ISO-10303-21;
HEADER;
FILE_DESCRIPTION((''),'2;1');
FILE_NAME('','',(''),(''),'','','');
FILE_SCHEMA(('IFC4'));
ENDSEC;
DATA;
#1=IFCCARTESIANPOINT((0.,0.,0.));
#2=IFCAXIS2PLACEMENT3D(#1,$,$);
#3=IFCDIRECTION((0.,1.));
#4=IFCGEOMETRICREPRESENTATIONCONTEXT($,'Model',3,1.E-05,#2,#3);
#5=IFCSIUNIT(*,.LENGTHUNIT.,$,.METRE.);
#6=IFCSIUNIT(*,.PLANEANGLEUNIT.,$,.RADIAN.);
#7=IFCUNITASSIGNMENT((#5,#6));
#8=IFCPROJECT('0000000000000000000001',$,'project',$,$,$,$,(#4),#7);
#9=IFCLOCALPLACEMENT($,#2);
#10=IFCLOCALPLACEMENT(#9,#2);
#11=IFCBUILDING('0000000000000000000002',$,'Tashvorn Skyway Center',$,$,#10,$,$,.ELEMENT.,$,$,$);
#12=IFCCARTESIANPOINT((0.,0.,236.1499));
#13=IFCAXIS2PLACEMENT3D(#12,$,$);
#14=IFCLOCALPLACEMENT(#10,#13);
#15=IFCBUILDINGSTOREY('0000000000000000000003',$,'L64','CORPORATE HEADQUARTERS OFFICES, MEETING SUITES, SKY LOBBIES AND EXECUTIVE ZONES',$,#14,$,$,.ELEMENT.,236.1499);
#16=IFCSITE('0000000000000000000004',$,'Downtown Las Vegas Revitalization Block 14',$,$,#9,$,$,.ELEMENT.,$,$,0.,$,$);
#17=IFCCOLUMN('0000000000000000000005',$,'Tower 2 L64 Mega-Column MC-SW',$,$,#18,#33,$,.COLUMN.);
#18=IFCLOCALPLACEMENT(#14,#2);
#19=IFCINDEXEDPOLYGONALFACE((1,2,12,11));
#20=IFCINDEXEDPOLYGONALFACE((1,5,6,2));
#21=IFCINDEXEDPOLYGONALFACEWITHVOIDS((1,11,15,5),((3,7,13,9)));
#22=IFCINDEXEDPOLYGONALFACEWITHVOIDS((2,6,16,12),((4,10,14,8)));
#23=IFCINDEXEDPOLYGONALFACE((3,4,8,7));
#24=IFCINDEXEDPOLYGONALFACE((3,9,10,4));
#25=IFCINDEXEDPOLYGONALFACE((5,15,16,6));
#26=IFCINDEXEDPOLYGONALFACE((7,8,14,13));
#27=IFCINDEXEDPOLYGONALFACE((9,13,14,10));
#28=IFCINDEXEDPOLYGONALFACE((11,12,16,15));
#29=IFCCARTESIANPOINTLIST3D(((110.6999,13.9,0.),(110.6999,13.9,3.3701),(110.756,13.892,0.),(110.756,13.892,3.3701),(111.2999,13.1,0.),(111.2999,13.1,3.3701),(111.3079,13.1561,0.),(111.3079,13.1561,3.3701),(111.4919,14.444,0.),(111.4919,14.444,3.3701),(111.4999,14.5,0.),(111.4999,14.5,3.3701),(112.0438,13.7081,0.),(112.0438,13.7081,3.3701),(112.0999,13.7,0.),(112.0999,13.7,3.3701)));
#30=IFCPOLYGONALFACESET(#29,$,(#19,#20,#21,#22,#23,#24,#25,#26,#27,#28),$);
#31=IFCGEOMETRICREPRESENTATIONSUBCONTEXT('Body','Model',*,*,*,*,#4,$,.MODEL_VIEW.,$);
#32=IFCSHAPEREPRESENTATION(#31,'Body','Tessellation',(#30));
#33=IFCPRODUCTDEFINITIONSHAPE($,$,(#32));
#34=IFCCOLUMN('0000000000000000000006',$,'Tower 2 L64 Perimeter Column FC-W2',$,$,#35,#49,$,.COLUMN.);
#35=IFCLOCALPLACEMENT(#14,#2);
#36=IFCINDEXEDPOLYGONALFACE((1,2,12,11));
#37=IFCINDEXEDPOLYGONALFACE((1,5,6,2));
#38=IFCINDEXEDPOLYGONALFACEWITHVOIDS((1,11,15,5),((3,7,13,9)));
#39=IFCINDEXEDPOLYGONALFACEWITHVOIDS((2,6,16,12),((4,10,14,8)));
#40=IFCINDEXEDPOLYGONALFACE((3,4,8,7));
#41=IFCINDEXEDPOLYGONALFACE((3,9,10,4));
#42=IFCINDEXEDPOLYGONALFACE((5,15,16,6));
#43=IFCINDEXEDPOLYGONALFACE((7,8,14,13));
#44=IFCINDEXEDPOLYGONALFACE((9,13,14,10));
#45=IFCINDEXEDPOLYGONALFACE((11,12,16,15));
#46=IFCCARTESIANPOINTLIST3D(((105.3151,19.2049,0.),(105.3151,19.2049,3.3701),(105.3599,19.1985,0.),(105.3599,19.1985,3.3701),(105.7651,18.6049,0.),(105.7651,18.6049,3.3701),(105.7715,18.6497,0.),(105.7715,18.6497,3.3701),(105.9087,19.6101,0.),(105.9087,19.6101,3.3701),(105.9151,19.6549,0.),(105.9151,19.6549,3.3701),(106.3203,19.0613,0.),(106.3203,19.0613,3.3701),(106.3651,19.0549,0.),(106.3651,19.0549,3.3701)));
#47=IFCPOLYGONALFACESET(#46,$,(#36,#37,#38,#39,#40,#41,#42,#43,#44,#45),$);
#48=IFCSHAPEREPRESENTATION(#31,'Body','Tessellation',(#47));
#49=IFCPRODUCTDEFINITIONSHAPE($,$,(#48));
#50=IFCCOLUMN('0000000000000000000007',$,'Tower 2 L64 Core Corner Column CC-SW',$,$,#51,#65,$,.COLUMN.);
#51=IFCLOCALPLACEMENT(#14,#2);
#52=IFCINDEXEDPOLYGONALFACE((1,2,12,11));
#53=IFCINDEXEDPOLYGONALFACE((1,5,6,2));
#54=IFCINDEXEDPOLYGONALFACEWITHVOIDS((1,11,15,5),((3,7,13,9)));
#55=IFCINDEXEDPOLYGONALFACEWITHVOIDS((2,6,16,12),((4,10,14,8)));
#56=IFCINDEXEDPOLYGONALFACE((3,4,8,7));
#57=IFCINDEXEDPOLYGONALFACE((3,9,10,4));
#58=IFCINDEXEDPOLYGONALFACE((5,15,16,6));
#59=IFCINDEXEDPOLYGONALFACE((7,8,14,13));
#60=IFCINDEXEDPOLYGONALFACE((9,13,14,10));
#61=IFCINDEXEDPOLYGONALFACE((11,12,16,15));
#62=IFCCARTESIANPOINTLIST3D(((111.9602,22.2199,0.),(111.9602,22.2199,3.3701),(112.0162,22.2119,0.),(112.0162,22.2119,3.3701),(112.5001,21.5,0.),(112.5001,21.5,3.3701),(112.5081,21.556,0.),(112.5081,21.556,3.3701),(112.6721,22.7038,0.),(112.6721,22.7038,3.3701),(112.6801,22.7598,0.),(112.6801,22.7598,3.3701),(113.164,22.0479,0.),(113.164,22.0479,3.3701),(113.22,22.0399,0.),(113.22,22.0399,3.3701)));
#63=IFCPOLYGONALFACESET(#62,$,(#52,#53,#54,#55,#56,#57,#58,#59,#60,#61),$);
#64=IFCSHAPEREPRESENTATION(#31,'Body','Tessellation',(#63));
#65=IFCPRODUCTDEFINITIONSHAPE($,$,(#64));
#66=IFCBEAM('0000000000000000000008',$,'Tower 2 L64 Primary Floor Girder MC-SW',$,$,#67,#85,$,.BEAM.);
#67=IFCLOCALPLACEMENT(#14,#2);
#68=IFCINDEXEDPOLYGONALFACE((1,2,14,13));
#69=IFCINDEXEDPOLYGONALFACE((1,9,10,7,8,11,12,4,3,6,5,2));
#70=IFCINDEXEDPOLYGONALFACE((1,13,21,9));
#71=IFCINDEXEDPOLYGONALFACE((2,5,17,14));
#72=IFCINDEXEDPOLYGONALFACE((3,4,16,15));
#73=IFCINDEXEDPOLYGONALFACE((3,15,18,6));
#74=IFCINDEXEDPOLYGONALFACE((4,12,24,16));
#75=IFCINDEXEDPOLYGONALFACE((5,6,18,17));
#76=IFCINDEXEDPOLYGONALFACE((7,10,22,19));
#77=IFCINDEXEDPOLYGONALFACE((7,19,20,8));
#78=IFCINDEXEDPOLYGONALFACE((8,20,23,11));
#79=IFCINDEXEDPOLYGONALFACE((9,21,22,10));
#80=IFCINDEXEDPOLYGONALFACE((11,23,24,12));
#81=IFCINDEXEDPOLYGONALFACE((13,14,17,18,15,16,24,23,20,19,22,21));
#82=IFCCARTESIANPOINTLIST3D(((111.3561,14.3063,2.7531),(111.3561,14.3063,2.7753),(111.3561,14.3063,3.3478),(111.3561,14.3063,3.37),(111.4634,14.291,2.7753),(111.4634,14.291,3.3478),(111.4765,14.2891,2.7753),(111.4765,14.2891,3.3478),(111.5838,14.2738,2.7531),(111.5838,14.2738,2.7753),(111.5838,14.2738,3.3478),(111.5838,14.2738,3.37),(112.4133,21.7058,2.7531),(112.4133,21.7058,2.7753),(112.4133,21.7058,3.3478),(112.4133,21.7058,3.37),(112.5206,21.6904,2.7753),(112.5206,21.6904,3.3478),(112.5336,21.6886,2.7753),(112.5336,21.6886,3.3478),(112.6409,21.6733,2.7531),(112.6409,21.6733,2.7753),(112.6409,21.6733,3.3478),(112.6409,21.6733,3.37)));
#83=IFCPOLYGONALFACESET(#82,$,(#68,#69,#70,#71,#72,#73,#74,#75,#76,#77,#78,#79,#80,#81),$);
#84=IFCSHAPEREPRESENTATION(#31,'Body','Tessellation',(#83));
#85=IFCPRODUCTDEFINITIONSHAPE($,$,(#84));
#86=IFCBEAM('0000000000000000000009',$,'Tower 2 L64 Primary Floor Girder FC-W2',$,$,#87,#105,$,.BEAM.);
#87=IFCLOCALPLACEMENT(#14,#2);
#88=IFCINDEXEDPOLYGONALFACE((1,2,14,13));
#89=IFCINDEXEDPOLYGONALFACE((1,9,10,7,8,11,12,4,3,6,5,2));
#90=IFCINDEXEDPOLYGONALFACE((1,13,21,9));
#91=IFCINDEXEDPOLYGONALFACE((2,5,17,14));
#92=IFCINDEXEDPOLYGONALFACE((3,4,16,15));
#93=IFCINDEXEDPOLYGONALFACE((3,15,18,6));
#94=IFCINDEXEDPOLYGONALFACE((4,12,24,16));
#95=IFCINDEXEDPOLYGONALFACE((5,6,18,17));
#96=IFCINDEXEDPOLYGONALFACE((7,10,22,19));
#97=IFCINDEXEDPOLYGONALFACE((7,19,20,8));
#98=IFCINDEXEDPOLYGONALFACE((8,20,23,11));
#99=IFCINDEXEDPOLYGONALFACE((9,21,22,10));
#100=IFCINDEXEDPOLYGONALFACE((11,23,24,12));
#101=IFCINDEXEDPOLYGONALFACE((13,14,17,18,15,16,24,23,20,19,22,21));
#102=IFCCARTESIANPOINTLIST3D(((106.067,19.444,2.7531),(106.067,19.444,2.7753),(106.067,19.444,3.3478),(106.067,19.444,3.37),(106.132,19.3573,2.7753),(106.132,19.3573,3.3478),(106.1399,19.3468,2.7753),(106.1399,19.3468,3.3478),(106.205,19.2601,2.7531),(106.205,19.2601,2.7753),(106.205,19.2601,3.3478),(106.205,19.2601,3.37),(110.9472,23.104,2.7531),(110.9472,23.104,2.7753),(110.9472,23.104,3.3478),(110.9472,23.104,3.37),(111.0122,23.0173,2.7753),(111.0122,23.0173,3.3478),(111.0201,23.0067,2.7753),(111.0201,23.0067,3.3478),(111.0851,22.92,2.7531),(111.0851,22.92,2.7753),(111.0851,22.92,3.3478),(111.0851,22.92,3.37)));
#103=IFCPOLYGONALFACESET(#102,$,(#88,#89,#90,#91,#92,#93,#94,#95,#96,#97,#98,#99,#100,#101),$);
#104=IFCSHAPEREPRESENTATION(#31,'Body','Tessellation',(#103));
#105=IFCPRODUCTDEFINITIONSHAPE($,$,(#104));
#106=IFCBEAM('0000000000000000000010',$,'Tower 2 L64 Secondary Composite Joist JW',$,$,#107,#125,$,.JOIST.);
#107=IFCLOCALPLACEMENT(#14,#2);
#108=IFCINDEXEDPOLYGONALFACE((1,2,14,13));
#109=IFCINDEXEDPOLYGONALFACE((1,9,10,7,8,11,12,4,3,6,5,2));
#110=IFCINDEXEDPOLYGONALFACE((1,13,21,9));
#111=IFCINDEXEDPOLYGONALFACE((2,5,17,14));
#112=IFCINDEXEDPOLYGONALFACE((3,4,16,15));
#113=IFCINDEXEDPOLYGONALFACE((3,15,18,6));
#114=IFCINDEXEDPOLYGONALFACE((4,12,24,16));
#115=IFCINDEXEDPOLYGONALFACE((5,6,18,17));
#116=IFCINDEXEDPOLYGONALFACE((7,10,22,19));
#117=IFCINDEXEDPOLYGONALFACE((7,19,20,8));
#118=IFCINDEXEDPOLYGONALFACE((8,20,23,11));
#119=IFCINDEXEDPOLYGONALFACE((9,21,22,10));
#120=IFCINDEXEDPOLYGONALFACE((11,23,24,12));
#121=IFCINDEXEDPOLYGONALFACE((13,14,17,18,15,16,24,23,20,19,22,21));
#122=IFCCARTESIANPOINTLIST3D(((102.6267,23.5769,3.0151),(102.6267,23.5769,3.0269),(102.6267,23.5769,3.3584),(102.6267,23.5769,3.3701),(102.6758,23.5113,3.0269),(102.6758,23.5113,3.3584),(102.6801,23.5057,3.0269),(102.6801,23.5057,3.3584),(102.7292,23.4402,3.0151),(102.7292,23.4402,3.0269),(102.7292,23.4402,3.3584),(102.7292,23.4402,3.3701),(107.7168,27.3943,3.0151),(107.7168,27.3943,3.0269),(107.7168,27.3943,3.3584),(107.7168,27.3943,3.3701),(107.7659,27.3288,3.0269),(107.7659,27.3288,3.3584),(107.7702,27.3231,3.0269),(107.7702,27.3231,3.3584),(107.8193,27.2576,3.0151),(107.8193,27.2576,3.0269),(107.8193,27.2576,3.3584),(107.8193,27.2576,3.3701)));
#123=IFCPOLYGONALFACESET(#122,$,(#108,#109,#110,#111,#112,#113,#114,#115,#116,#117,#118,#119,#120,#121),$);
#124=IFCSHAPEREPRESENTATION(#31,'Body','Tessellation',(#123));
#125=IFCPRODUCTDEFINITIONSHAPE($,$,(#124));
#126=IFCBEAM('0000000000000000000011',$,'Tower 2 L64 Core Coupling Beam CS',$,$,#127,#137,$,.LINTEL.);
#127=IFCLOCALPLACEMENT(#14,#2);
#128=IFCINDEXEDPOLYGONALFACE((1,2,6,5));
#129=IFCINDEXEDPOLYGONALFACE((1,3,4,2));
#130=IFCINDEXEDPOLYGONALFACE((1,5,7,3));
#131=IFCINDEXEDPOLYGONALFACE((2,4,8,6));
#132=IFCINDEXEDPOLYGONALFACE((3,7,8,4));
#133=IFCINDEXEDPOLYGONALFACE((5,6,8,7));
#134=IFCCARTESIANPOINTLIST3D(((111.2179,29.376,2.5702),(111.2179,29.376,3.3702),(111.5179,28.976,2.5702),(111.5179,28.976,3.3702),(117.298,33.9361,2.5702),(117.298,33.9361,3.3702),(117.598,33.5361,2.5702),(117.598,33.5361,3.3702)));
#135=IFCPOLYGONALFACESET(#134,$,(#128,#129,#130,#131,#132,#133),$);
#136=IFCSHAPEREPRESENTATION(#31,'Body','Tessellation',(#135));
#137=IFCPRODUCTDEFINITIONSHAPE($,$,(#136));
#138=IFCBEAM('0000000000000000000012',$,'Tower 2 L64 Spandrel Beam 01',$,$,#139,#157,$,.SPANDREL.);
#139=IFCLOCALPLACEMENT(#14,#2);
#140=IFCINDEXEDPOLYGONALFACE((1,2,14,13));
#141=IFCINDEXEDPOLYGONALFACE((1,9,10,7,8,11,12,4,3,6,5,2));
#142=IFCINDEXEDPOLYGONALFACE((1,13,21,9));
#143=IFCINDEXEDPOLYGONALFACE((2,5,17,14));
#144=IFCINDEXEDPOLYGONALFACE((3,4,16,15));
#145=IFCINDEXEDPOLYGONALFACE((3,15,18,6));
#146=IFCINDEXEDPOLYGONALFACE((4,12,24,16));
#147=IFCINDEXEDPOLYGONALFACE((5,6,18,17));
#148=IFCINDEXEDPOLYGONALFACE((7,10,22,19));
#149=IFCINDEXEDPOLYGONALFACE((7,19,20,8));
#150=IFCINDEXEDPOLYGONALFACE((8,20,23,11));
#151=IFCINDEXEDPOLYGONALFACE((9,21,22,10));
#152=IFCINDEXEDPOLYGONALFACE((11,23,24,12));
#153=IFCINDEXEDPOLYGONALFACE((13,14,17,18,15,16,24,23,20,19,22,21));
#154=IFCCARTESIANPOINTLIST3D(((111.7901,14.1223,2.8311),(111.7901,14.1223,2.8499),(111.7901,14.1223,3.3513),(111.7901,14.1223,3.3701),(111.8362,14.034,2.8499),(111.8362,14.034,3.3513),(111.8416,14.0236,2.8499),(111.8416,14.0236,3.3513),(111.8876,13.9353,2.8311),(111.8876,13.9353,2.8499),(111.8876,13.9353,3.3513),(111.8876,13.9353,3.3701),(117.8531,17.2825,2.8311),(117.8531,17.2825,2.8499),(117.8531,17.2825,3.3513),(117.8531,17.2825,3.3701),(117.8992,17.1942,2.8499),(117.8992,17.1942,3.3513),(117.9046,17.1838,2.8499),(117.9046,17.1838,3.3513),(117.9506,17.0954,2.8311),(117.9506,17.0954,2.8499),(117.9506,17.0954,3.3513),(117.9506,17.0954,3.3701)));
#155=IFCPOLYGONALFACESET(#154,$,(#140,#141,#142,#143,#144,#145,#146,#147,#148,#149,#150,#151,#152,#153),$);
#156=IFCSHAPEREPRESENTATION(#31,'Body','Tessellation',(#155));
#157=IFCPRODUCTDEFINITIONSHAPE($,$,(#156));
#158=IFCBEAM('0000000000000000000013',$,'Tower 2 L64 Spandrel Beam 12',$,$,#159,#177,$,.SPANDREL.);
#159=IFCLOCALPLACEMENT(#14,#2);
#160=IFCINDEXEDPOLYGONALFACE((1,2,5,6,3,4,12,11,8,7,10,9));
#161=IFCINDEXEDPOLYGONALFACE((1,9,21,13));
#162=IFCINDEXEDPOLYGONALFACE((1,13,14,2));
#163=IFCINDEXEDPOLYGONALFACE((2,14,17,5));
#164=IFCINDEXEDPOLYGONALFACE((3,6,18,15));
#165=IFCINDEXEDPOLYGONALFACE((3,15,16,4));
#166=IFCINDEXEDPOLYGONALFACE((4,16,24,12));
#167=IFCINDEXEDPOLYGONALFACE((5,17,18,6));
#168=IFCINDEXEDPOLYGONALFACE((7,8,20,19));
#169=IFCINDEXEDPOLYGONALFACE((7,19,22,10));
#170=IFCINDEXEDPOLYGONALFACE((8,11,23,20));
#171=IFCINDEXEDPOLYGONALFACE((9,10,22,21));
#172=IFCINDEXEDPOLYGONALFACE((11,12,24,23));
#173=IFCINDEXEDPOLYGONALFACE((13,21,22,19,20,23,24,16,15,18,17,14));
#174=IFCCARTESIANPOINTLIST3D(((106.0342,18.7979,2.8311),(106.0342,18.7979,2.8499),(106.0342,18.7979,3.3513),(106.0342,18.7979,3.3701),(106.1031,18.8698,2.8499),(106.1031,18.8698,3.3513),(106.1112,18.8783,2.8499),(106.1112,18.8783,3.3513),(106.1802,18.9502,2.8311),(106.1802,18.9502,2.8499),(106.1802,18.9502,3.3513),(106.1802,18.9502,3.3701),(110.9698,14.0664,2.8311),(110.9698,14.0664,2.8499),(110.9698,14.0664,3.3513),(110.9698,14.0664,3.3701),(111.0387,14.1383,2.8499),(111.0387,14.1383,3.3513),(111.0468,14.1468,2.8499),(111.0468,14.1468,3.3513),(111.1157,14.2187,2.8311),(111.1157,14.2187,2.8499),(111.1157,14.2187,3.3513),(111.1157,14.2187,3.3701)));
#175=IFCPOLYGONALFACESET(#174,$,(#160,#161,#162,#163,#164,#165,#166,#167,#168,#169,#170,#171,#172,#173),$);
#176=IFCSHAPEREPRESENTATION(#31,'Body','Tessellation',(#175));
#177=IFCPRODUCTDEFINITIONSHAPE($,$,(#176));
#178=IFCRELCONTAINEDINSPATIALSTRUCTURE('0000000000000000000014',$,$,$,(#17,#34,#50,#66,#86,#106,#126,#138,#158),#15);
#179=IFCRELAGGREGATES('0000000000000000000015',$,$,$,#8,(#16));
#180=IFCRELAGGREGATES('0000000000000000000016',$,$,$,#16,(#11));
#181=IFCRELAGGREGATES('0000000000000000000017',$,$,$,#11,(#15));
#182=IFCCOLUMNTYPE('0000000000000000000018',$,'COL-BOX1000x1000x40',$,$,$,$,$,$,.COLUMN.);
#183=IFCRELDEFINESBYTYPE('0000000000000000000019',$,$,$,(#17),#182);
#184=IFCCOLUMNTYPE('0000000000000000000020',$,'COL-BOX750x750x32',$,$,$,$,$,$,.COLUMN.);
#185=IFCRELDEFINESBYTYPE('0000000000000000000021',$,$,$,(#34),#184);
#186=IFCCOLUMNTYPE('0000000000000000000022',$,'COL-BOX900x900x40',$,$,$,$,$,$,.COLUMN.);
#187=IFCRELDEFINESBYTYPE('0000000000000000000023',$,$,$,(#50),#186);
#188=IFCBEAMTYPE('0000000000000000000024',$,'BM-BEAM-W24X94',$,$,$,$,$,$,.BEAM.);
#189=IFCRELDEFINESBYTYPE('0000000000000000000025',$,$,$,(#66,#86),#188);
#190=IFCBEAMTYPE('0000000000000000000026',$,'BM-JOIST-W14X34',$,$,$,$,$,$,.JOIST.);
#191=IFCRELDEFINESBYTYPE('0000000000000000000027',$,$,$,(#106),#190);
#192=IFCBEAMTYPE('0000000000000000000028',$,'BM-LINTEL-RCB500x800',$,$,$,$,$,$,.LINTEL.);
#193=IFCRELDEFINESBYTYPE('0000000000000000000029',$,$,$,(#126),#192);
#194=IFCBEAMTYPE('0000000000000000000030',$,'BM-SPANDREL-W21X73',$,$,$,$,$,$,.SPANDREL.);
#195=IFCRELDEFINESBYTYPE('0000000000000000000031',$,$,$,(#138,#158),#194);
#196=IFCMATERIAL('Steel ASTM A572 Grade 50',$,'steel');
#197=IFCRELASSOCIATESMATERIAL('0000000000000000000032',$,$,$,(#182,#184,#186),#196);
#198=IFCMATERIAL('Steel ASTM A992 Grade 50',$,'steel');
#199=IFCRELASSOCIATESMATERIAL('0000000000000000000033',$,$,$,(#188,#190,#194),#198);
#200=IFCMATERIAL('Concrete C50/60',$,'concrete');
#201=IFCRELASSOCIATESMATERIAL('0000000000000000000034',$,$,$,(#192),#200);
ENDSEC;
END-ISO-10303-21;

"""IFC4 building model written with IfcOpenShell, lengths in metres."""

from ifc_helpers import new_model, si_unit, direction, frame, origin, origin_2d, place, context, subcontext, project, spatial, rectangle, hollow_rectangle, i_section, extrude, material, material_profile, profile_set, type_object, element, save


model = new_model("IFC4")

# Units and contexts
model_context = context("Model", 3, precision=1e-05, world=origin(), true_north=direction((0.0, 1.0)))
body_context = subcontext(model_context, "Body", "Model", "MODEL_VIEW")
ifc_project = project(units=[si_unit("LENGTHUNIT", "METRE"), si_unit("PLANEANGLEUNIT", "RADIAN")], contexts=[model_context])

# Site, building, storey
site_placement = place(None, origin())
site = spatial("IfcSite", under=ifc_project, at=site_placement, Name="Downtown Las Vegas Revitalization Block 14", CompositionType="ELEMENT", RefElevation=0.0)
building_placement = place(site_placement, origin())
building = spatial("IfcBuilding", under=site, at=building_placement, Name="Tashvorn Skyway Center", CompositionType="ELEMENT")
storey_placement = place(building_placement, frame((0.0, 0.0, 236.1499)))
storey = spatial("IfcBuildingStorey", under=building, at=storey_placement, Name="L64", Description="CORPORATE HEADQUARTERS OFFICES, MEETING SUITES, SKY LOBBIES AND EXECUTIVE ZONES", CompositionType="ELEMENT", Elevation=236.1499)

# Columns
ifc_material_1 = material(Name="Steel ASTM A572 Grade 50", Category="steel")
ifc_material_profile_1 = material_profile(ifc_material_1, hollow_rectangle(XDim=1.0, YDim=1.0, WallThickness=0.04, at=origin_2d()), Name="BOX1000x1000x40")
ifc_profile_set_1 = profile_set([ifc_material_profile_1], Name="Steel ASTM A572 Grade 50")
column_type_1 = type_object("IfcColumnType", Name="COL-BOX1000x1000x40", PredefinedType="COLUMN", material=ifc_profile_set_1)
column_1_placement = place(storey_placement, frame((111.3999, 13.8, 0.0), z_axis=(0.0, 0.0, 1.0), x_axis=(0.8, 0.6, 0.0)))
element("IfcColumn", 1, at=column_1_placement, inside=storey, type_object=column_type_1, Name="Tower 2 L64 Mega-Column MC-SW", PredefinedType="COLUMN", context=body_context, shape_type="SweptSolid", body=[
    extrude(hollow_rectangle(XDim=1.0, YDim=1.0, WallThickness=0.04, at=origin_2d()), origin(), (0.0, 0.0, 1.0), 3.3701),
])
ifc_material_profile_2 = material_profile(ifc_material_1, hollow_rectangle(XDim=0.75, YDim=0.75, WallThickness=0.032, at=origin_2d()), Name="BOX750x750x32")
ifc_profile_set_2 = profile_set([ifc_material_profile_2], Name="Steel ASTM A572 Grade 50")
column_type_2 = type_object("IfcColumnType", Name="COL-BOX750x750x32", PredefinedType="COLUMN", material=ifc_profile_set_2)
column_2_placement = place(storey_placement, frame((105.8401, 19.1299, 0.0), z_axis=(0.0, 0.0, 1.0), x_axis=(0.8, 0.6, 0.0)))
element("IfcColumn", 2, at=column_2_placement, inside=storey, type_object=column_type_2, Name="Tower 2 L64 Perimeter Column FC-W2", PredefinedType="COLUMN", context=body_context, shape_type="SweptSolid", body=[
    extrude(hollow_rectangle(XDim=0.75, YDim=0.75, WallThickness=0.032, at=origin_2d()), origin(), (0.0, 0.0, 1.0), 3.3701),
])
ifc_material_profile_3 = material_profile(ifc_material_1, hollow_rectangle(XDim=0.8999, YDim=0.8999, WallThickness=0.04, at=origin_2d()), Name="BOX900x900x40")
ifc_profile_set_3 = profile_set([ifc_material_profile_3], Name="Steel ASTM A572 Grade 50")
column_type_3 = type_object("IfcColumnType", Name="COL-BOX900x900x40", PredefinedType="COLUMN", material=ifc_profile_set_3)
column_3_placement = place(storey_placement, frame((112.5901, 22.1299, 0.0), z_axis=(0.0, 0.0, 1.0), x_axis=(0.8, 0.6, 0.0)))
element("IfcColumn", 3, at=column_3_placement, inside=storey, type_object=column_type_3, Name="Tower 2 L64 Core Corner Column CC-SW", PredefinedType="COLUMN", context=body_context, shape_type="SweptSolid", body=[
    extrude(hollow_rectangle(XDim=0.8999, YDim=0.8999, WallThickness=0.04, at=origin_2d()), origin(), (0.0, 0.0, 1.0), 3.3701),
])

# Beams
ifc_material_2 = material(Name="Steel ASTM A992 Grade 50", Category="steel")
ifc_material_profile_4 = material_profile(ifc_material_2, i_section(OverallWidth=0.23, OverallDepth=0.6169, WebThickness=0.0132, FlangeThickness=0.0222, at=origin_2d()), Name="W24X94")
ifc_profile_set_4 = profile_set([ifc_material_profile_4], Name="Steel ASTM A992 Grade 50")
beam_type_1 = type_object("IfcBeamType", Name="BM-BEAM-W24X94", PredefinedType="BEAM", material=ifc_profile_set_4)
beam_1_placement = place(storey_placement, frame((111.47, 14.29, 3.0615), z_axis=(0.141431, 0.989948, 0.0), x_axis=(-0.989948, 0.141431, 0.0)))
element("IfcBeam", 4, at=beam_1_placement, inside=storey, type_object=beam_type_1, Name="Tower 2 L64 Primary Floor Girder MC-SW", PredefinedType="BEAM", context=body_context, shape_type="SweptSolid", body=[
    extrude(i_section(OverallWidth=0.23, OverallDepth=0.6169, WebThickness=0.0132, FlangeThickness=0.0222, at=origin_2d()), origin(), (0.0, 0.0, 1.0), 7.4746),
])
beam_2_placement = place(storey_placement, frame((106.136, 19.3521, 3.0615), z_axis=(0.800014, 0.599981, 0.0), x_axis=(-0.599981, 0.800014, 0.0)))
element("IfcBeam", 5, at=beam_2_placement, inside=storey, type_object=beam_type_1, Name="Tower 2 L64 Primary Floor Girder FC-W2", PredefinedType="BEAM", context=body_context, shape_type="SweptSolid", body=[
    extrude(i_section(OverallWidth=0.23, OverallDepth=0.6169, WebThickness=0.0132, FlangeThickness=0.0222, at=origin_2d()), origin(), (0.0, 0.0, 1.0), 6.1001),
])
ifc_material_profile_5 = material_profile(ifc_material_2, i_section(OverallWidth=0.1709, OverallDepth=0.355, WebThickness=0.0071, FlangeThickness=0.0117, at=origin_2d()), Name="W14X34")
ifc_profile_set_5 = profile_set([ifc_material_profile_5], Name="Steel ASTM A992 Grade 50")
beam_type_2 = type_object("IfcBeamType", Name="BM-JOIST-W14X34", PredefinedType="JOIST", material=ifc_profile_set_5)
beam_3_placement = place(storey_placement, frame((107.7681, 27.3259, 3.1926), z_axis=(-0.800014, -0.599982, 0.0), x_axis=(0.599982, -0.800014, 0.0)))
element("IfcBeam", 6, at=beam_3_placement, inside=storey, type_object=beam_type_2, Name="Tower 2 L64 Secondary Composite Joist JW", PredefinedType="JOIST", context=body_context, shape_type="SweptSolid", body=[
    extrude(i_section(OverallWidth=0.1709, OverallDepth=0.355, WebThickness=0.0071, FlangeThickness=0.0117, at=origin_2d()), origin(), (0.0, 0.0, 1.0), 6.3625),
])
ifc_material_3 = material(Name="Concrete C50/60", Category="concrete")
ifc_material_profile_6 = material_profile(ifc_material_3, rectangle(XDim=0.5, YDim=0.8, at=origin_2d()), Name="RCB500x800")
ifc_profile_set_6 = profile_set([ifc_material_profile_6], Name="Concrete C50/60")
beam_type_3 = type_object("IfcBeamType", Name="BM-LINTEL-RCB500x800", PredefinedType="LINTEL", material=ifc_profile_set_6)
beam_4_placement = place(storey_placement, frame((111.3679, 29.176, 2.9702), z_axis=(0.8, 0.6, 0.0), x_axis=(-0.6, 0.8, 0.0)))
element("IfcBeam", 7, at=beam_4_placement, inside=storey, type_object=beam_type_3, Name="Tower 2 L64 Core Coupling Beam CS", PredefinedType="LINTEL", context=body_context, shape_type="SweptSolid", body=[
    extrude(rectangle(XDim=0.5, YDim=0.8, at=origin_2d()), origin(), (0.0, 0.0, 1.0), 7.6001),
])
ifc_material_profile_7 = material_profile(ifc_material_2, i_section(OverallWidth=0.2109, OverallDepth=0.5391, WebThickness=0.0117, FlangeThickness=0.0188, at=origin_2d()), Name="W21X73")
ifc_profile_set_7 = profile_set([ifc_material_profile_7], Name="Steel ASTM A992 Grade 50")
beam_type_4 = type_object("IfcBeamType", Name="BM-SPANDREL-W21X73", PredefinedType="SPANDREL", material=ifc_profile_set_7)
for number, where, z_axis, x_axis, name in (
    (8, (111.8389, 14.0288, 3.1006), (0.886773, 0.462205, 0.0), (-0.462205, 0.886773, 0.0), "Tower 2 L64 Spandrel Beam 01"),
    (9, (106.1072, 18.874, 3.1006), (0.721875, -0.692023, 0.0), (0.692023, 0.721875, 0.0), "Tower 2 L64 Spandrel Beam 12"),
):
    element("IfcBeam", number, at=place(storey_placement, frame(where, z_axis=z_axis, x_axis=x_axis)), inside=storey, type_object=beam_type_4, Name=name, PredefinedType="SPANDREL", context=body_context, shape_type="SweptSolid", body=[
        extrude(i_section(OverallWidth=0.2109, OverallDepth=0.5391, WebThickness=0.0117, FlangeThickness=0.0188, at=origin_2d()), origin(), (0.0, 0.0, 1.0), 6.8372),
    ])

save(model, "model.ifc")
